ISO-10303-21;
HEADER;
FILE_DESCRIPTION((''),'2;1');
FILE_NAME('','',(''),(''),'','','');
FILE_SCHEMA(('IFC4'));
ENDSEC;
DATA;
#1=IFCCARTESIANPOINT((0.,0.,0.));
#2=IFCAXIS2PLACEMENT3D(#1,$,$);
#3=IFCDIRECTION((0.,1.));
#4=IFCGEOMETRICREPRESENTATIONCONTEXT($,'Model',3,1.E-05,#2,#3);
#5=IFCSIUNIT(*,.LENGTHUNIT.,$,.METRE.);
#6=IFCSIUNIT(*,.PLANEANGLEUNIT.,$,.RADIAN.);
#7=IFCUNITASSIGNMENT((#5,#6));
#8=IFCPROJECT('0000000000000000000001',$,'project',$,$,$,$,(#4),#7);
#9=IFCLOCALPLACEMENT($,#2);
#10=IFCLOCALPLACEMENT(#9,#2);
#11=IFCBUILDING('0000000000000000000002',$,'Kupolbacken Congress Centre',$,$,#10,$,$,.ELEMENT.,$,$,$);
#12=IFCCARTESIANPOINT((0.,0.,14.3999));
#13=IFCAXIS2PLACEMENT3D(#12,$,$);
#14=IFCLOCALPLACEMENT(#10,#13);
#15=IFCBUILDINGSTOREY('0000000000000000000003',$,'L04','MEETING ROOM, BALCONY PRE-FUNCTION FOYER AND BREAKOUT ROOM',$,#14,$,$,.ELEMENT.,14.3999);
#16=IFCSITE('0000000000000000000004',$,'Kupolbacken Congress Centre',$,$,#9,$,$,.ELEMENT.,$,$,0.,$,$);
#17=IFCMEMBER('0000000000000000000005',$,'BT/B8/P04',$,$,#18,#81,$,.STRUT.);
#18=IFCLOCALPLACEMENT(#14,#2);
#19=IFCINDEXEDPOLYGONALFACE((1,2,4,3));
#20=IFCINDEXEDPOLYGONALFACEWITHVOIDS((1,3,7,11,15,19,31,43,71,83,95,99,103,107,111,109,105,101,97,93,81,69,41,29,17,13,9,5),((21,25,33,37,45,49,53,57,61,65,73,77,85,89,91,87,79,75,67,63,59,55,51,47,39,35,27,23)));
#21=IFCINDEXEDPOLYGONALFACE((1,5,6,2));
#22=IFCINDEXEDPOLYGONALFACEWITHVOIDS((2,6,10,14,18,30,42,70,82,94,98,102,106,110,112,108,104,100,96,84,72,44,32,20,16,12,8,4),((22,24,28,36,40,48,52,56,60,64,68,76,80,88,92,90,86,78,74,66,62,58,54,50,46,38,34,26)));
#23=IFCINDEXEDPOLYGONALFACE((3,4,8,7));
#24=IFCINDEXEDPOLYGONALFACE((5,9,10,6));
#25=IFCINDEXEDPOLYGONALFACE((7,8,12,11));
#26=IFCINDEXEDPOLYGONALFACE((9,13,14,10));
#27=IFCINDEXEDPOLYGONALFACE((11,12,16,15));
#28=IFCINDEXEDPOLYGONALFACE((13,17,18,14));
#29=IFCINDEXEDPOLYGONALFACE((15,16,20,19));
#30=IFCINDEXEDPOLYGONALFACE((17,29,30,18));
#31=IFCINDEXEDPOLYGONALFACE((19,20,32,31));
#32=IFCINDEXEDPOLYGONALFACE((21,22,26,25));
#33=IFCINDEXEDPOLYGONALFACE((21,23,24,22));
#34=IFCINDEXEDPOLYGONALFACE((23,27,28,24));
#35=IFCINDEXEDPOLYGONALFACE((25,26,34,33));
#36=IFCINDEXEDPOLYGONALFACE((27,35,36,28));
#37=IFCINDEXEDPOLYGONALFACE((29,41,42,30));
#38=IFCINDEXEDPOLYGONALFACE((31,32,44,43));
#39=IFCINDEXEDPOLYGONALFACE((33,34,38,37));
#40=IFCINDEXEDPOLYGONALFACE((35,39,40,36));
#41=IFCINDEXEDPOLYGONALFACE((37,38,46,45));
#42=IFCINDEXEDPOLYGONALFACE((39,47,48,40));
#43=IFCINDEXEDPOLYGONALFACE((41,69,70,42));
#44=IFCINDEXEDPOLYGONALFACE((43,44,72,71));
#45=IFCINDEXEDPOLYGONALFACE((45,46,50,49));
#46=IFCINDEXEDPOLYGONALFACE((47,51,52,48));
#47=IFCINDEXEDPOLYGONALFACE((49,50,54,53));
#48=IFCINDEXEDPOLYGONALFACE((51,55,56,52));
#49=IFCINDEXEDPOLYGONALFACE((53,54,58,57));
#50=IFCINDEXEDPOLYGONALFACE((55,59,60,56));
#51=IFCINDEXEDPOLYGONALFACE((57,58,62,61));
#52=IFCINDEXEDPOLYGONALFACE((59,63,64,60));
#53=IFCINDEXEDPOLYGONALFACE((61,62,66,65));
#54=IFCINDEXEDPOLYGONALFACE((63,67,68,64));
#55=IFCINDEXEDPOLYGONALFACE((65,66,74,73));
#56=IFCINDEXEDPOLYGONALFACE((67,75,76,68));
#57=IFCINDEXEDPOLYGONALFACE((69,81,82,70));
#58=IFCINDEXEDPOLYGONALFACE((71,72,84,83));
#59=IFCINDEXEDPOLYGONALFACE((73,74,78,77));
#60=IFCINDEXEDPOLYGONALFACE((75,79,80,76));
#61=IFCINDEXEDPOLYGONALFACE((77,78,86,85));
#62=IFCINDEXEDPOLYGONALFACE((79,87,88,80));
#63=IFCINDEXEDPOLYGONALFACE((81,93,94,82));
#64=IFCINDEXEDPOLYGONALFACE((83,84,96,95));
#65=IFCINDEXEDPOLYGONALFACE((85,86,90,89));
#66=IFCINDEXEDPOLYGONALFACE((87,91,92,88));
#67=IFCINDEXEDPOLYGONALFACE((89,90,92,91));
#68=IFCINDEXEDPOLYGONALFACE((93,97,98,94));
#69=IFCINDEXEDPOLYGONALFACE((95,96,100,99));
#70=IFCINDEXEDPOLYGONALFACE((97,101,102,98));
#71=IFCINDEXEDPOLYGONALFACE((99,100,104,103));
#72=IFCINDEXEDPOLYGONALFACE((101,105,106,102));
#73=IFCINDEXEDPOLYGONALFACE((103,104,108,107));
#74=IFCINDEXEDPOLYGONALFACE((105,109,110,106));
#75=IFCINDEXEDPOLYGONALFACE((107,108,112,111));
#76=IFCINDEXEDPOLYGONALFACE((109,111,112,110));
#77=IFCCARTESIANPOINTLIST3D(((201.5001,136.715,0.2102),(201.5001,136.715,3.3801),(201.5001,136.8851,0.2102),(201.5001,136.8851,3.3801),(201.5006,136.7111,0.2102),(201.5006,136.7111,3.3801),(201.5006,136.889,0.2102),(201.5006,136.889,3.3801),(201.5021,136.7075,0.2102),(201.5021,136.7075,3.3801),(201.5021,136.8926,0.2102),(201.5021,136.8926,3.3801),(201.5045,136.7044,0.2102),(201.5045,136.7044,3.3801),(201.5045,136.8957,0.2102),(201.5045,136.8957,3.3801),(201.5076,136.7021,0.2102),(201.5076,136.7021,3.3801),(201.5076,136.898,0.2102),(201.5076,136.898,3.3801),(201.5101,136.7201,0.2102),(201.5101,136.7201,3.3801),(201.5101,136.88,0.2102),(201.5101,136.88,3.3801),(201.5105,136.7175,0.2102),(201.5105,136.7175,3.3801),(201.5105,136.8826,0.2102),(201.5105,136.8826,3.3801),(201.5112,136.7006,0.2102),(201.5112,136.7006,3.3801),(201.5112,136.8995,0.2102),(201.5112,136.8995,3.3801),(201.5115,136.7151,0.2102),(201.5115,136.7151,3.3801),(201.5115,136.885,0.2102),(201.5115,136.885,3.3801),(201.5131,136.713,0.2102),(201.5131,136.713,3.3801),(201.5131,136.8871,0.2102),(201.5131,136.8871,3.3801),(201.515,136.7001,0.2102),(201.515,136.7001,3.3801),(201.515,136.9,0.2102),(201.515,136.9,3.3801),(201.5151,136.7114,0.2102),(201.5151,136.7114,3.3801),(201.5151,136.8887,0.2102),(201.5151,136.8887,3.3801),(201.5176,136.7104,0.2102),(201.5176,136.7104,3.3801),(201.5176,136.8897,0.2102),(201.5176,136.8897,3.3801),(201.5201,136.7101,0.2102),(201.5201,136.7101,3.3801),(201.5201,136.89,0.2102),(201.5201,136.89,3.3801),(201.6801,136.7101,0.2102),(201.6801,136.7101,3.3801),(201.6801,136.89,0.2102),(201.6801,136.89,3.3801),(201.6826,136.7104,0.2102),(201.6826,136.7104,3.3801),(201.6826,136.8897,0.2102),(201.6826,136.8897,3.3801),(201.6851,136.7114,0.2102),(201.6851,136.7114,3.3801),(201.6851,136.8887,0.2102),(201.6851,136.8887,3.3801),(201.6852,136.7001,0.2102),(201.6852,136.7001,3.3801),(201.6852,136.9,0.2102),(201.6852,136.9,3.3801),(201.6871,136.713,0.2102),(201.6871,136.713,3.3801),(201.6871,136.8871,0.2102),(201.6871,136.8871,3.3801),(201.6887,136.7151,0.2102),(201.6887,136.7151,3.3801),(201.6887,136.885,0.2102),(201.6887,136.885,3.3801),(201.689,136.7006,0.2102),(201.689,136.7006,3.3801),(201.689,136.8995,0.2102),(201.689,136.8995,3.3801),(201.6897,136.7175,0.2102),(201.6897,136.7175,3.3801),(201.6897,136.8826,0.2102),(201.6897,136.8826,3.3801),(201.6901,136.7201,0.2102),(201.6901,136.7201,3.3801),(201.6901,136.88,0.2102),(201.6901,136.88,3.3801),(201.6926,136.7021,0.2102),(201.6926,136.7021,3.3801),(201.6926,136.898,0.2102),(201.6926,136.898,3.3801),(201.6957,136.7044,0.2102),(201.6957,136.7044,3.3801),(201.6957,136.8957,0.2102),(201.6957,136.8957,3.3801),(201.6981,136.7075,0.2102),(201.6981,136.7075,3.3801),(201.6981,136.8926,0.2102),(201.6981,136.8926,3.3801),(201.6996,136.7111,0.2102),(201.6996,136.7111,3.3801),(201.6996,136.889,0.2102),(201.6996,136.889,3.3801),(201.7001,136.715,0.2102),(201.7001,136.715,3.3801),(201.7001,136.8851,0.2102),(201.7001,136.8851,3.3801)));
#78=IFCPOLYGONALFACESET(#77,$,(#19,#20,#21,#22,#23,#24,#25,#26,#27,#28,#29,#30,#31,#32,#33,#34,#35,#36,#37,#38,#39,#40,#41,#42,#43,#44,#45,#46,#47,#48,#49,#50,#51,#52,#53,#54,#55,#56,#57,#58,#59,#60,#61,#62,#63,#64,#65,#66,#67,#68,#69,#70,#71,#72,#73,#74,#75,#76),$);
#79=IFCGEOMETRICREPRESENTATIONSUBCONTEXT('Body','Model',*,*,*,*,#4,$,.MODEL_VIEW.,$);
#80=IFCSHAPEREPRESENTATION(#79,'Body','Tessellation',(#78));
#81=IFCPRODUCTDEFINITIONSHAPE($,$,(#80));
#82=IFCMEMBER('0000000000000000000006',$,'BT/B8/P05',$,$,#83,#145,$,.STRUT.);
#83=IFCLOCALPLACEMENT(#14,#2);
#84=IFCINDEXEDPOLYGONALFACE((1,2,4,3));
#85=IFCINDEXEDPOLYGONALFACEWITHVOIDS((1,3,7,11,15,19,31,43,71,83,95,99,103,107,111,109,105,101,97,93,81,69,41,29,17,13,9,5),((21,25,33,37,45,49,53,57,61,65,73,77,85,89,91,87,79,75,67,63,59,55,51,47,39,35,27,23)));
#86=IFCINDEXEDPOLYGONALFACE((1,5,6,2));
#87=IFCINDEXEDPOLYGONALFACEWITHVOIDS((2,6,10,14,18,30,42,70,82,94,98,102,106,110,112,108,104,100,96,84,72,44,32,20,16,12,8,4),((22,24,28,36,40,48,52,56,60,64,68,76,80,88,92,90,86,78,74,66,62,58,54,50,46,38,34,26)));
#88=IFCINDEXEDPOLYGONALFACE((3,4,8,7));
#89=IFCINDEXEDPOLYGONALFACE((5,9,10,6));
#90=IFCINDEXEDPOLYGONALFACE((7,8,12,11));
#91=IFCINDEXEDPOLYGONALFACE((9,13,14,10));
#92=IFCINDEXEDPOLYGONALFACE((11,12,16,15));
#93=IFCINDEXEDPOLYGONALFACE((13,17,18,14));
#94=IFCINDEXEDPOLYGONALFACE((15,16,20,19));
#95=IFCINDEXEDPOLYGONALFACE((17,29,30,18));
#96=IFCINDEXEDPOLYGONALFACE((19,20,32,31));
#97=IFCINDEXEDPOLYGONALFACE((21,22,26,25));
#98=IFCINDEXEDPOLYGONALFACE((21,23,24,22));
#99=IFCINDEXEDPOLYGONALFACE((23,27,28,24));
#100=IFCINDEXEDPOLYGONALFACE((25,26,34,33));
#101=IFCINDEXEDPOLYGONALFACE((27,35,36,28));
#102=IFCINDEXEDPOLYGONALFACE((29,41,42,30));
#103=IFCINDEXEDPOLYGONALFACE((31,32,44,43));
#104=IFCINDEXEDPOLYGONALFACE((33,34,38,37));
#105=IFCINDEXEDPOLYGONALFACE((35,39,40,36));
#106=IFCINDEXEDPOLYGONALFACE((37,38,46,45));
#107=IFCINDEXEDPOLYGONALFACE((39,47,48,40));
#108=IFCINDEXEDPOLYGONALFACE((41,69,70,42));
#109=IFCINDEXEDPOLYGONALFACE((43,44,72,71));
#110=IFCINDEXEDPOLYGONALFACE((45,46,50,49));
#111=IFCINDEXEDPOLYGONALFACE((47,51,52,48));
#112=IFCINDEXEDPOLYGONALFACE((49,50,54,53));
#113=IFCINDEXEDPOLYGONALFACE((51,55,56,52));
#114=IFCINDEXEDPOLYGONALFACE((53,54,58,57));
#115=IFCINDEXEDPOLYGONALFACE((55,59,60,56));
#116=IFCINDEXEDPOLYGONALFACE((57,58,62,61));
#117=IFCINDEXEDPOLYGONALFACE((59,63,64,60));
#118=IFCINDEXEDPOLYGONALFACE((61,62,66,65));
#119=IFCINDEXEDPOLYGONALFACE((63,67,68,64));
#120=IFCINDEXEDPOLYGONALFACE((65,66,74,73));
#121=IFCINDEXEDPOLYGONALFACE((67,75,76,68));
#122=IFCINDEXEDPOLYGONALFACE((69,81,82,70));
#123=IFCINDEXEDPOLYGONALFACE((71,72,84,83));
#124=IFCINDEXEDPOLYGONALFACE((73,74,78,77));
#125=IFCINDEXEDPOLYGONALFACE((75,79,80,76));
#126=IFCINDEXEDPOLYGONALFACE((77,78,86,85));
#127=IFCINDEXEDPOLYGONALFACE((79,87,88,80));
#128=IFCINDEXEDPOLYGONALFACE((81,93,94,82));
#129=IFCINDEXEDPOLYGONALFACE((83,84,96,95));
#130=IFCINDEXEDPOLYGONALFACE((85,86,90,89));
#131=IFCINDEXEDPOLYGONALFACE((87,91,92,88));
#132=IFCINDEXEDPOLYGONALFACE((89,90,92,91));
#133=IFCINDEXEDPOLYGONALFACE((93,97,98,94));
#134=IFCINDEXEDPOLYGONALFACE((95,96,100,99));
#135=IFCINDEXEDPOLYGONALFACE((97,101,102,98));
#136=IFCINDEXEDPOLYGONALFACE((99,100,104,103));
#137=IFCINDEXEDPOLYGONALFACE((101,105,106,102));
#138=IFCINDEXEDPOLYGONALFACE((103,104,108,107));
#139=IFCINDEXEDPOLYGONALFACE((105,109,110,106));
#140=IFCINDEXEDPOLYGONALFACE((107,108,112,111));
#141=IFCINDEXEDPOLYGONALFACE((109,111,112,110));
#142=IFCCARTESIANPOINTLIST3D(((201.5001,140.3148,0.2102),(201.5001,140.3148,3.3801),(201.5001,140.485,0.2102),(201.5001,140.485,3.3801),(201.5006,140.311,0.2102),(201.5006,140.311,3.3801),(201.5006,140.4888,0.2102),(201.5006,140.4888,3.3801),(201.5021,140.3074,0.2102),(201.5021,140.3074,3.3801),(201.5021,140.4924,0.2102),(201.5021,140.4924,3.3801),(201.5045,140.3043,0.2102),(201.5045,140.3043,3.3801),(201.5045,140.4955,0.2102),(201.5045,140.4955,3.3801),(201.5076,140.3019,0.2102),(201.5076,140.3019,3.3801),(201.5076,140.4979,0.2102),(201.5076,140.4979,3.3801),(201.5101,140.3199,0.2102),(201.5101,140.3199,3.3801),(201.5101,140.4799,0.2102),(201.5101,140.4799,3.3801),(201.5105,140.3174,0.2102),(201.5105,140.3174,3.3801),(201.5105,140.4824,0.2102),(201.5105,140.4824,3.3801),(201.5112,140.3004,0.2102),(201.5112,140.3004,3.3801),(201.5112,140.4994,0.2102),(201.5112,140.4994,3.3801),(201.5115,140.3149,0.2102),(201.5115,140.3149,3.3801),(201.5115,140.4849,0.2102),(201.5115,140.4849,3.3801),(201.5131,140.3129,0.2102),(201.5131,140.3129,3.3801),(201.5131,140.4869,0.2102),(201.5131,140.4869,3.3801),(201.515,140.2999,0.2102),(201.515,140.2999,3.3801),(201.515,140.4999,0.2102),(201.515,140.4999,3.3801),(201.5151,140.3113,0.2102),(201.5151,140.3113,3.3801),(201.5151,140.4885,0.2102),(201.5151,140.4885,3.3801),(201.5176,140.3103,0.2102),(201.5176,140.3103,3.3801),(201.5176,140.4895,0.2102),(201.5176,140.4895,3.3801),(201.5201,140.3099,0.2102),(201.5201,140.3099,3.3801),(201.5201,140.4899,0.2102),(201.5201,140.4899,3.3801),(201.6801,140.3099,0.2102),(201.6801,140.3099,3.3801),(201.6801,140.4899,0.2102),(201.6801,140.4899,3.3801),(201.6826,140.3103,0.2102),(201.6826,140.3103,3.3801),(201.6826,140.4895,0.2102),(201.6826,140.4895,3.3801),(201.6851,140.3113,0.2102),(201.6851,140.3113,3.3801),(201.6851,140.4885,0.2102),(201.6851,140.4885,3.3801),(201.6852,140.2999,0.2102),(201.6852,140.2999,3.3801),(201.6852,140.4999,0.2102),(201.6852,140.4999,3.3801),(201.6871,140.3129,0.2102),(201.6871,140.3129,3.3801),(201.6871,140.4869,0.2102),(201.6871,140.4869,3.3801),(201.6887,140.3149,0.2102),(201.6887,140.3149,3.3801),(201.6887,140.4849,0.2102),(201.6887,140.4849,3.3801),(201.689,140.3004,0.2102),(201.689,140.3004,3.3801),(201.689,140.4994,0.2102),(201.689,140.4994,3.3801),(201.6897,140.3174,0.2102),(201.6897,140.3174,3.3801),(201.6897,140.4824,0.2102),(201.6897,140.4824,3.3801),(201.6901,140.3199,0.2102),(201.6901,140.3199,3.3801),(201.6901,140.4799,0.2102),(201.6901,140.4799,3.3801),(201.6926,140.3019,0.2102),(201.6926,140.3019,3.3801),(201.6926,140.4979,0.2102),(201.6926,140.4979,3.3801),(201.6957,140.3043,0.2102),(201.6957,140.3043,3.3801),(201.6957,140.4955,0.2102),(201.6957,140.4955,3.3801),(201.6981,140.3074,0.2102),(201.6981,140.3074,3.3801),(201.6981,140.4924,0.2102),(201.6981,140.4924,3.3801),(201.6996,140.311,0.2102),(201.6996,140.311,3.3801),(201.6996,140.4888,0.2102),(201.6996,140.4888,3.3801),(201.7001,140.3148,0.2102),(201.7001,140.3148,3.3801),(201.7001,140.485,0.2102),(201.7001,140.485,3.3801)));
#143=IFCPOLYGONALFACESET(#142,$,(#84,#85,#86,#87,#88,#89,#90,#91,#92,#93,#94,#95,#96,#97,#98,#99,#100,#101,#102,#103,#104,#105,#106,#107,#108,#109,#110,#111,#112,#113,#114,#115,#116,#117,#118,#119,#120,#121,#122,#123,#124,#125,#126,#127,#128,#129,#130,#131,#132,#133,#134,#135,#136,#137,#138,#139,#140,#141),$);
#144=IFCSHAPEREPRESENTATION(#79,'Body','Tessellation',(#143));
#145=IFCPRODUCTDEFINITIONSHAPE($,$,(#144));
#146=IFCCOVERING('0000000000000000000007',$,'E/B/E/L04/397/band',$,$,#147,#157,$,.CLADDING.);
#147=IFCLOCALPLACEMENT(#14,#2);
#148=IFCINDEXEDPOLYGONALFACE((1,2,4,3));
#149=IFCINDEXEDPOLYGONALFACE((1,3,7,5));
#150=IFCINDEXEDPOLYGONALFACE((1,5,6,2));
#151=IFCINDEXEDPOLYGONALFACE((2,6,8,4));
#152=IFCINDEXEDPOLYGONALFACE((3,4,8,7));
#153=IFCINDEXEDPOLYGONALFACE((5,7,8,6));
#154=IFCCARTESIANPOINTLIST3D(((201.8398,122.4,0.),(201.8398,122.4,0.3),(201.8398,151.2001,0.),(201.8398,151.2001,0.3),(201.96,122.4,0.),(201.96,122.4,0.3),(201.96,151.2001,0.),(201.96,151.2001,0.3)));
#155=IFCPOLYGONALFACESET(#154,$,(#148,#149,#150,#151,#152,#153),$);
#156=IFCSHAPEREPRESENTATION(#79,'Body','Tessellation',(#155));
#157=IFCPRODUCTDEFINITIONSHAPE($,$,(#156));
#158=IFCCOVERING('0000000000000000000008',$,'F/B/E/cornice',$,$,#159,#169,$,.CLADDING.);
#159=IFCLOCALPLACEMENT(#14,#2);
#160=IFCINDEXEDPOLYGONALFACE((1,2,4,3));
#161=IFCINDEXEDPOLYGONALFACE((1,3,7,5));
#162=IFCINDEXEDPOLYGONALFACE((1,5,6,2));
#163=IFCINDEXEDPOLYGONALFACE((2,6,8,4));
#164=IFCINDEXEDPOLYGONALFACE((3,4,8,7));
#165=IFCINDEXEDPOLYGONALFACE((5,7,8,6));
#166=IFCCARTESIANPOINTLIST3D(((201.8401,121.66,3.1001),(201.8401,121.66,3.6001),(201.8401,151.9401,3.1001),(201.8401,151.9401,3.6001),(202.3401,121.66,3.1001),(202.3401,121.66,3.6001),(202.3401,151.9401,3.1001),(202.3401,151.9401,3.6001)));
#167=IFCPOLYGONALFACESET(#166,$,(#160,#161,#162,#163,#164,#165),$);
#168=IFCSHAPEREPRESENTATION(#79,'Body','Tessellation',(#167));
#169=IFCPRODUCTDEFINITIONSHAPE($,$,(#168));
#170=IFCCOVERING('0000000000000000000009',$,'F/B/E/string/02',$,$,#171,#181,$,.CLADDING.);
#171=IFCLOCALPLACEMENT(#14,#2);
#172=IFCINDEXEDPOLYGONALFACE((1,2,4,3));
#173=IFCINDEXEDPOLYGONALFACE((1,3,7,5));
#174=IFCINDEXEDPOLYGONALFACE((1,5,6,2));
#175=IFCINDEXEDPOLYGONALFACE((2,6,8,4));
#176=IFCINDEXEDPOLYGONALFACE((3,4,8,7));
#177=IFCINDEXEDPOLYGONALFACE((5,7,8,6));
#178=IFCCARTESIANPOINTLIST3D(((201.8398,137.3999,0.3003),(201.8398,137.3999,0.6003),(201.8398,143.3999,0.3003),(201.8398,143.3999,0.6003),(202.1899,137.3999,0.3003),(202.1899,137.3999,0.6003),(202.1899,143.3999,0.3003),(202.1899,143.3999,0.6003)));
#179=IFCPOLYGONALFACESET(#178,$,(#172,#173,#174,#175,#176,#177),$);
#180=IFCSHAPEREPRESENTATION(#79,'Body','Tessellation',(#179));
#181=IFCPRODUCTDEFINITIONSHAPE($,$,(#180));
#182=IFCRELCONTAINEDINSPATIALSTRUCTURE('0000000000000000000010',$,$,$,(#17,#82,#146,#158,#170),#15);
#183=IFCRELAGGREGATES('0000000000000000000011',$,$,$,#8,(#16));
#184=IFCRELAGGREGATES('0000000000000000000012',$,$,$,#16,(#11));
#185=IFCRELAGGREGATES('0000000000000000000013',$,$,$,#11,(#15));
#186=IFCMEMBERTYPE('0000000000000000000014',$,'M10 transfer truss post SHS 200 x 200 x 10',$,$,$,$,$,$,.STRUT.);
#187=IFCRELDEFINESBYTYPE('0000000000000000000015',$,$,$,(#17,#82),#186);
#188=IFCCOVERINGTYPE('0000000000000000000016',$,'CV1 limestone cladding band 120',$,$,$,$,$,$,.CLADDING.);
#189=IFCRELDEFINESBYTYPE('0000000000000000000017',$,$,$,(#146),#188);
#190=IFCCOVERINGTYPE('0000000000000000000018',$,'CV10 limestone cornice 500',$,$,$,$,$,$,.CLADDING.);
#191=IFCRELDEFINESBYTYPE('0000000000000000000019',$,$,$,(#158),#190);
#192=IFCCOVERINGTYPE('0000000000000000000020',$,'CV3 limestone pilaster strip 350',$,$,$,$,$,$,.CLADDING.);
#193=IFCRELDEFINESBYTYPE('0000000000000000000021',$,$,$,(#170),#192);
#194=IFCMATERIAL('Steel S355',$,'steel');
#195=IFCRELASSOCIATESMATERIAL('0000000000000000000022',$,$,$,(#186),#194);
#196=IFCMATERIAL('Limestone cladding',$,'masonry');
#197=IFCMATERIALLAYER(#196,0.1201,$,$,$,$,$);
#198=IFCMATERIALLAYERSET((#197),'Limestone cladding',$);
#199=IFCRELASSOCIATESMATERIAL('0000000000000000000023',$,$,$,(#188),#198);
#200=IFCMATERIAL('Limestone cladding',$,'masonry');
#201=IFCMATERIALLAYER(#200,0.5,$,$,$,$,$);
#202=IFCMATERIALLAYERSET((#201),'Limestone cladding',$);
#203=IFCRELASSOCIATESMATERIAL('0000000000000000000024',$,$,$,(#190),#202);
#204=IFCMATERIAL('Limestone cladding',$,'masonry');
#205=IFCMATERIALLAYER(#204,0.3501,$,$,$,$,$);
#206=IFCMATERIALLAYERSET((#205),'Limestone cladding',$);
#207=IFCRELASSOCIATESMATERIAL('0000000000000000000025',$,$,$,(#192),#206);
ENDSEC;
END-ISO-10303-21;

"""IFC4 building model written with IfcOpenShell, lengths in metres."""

from ifc_helpers import new_model, si_unit, direction, frame, origin, origin_2d, place, context, subcontext, project, spatial, rectangle, hollow_rectangle, extrude, material, layer, layer_set, material_profile, profile_set, type_object, element, save


model = new_model("IFC4")

# Units and contexts
model_context = context("Model", 3, precision=1e-05, world=origin(), true_north=direction((0.0, 1.0)))
body_context = subcontext(model_context, "Body", "Model", "MODEL_VIEW")
ifc_project = project(units=[si_unit("LENGTHUNIT", "METRE"), si_unit("PLANEANGLEUNIT", "RADIAN")], contexts=[model_context])

# Site, building, storey
site_placement = place(None, origin())
site = spatial("IfcSite", under=ifc_project, at=site_placement, Name="Kupolbacken Congress Centre", CompositionType="ELEMENT", RefElevation=0.0)
building_placement = place(site_placement, origin())
building = spatial("IfcBuilding", under=site, at=building_placement, Name="Kupolbacken Congress Centre", CompositionType="ELEMENT")
storey_placement = place(building_placement, frame((0.0, 0.0, 14.3999)))
storey = spatial("IfcBuildingStorey", under=building, at=storey_placement, Name="L04", Description="MEETING ROOM, BALCONY PRE-FUNCTION FOYER AND BREAKOUT ROOM", CompositionType="ELEMENT", Elevation=14.3999)

# Members
ifc_material_1 = material(Name="Steel S355", Category="steel")
ifc_material_profile_1 = material_profile(ifc_material_1, hollow_rectangle(XDim=0.2, YDim=0.2, WallThickness=0.01, InnerFilletRadius=0.01, OuterFilletRadius=0.0149, at=origin_2d()), Name="SHS 200 x 200 x 10")
ifc_profile_set_1 = profile_set([ifc_material_profile_1], Name="Steel S355")
member_type_1 = type_object("IfcMemberType", Name="M10 transfer truss post SHS 200 x 200 x 10", PredefinedType="STRUT", material=ifc_profile_set_1)
for number, where, z_axis, x_axis, name in (
    (1, (201.6001, 136.8, 0.2102), (0.0, 0.0, 1.0), (0.0, 1.0, 0.0), "BT/B8/P04"),
    (2, (201.6001, 140.3999, 0.2102), (0.0, 0.0, 1.0), (0.0, 1.0, 0.0), "BT/B8/P05"),
):
    element("IfcMember", number, at=place(storey_placement, frame(where, z_axis=z_axis, x_axis=x_axis)), inside=storey, type_object=member_type_1, Name=name, PredefinedType="STRUT", context=body_context, shape_type="SweptSolid", body=[
        extrude(hollow_rectangle(XDim=0.2, YDim=0.2, WallThickness=0.01, InnerFilletRadius=0.01, OuterFilletRadius=0.0149, at=origin_2d()), origin(), (0.0, 0.0, 1.0), 3.1699),
    ])

# Coverings
ifc_material_2 = material(Name="Limestone cladding", Category="masonry")
ifc_layer_1 = layer(ifc_material_2, 0.1201)
ifc_layer_set_1 = layer_set([ifc_layer_1], Name="Limestone cladding")
covering_type_1 = type_object("IfcCoveringType", Name="CV1 limestone cladding band 120", PredefinedType="CLADDING", material=ifc_layer_set_1)
covering_1_placement = place(storey_placement, frame((201.8999, 136.8, 0.0), z_axis=(0.0, 0.0, 1.0), x_axis=(0.0, 1.0, 0.0)))
element("IfcCovering", 3, at=covering_1_placement, inside=storey, type_object=covering_type_1, Name="E/B/E/L04/397/band", PredefinedType="CLADDING", context=body_context, shape_type="SweptSolid", body=[
    extrude(rectangle(XDim=28.8, YDim=0.1201, at=origin_2d()), origin(), (0.0, 0.0, 1.0), 0.3),
])
ifc_material_3 = material(Name="Limestone cladding", Category="masonry")
ifc_layer_2 = layer(ifc_material_3, 0.5)
ifc_layer_set_2 = layer_set([ifc_layer_2], Name="Limestone cladding")
covering_type_2 = type_object("IfcCoveringType", Name="CV10 limestone cornice 500", PredefinedType="CLADDING", material=ifc_layer_set_2)
covering_2_placement = place(storey_placement, frame((202.0901, 136.8, 3.1001), z_axis=(0.0, 0.0, 1.0), x_axis=(0.0, 1.0, 0.0)))
element("IfcCovering", 4, at=covering_2_placement, inside=storey, type_object=covering_type_2, Name="F/B/E/cornice", PredefinedType="CLADDING", context=body_context, shape_type="SweptSolid", body=[
    extrude(rectangle(XDim=30.28, YDim=0.5, at=origin_2d()), origin(), (0.0, 0.0, 1.0), 0.5),
])
ifc_material_4 = material(Name="Limestone cladding", Category="masonry")
ifc_layer_3 = layer(ifc_material_4, 0.3501)
ifc_layer_set_3 = layer_set([ifc_layer_3], Name="Limestone cladding")
covering_type_3 = type_object("IfcCoveringType", Name="CV3 limestone pilaster strip 350", PredefinedType="CLADDING", material=ifc_layer_set_3)
covering_3_placement = place(storey_placement, frame((202.0149, 140.3999, 0.3003), z_axis=(0.0, 0.0, 1.0), x_axis=(0.0, 1.0, 0.0)))
element("IfcCovering", 5, at=covering_3_placement, inside=storey, type_object=covering_type_3, Name="F/B/E/string/02", PredefinedType="CLADDING", context=body_context, shape_type="SweptSolid", body=[
    extrude(rectangle(XDim=6.0, YDim=0.3501, at=origin_2d()), origin(), (0.0, 0.0, 1.0), 0.3),
])

save(model, "model.ifc")
